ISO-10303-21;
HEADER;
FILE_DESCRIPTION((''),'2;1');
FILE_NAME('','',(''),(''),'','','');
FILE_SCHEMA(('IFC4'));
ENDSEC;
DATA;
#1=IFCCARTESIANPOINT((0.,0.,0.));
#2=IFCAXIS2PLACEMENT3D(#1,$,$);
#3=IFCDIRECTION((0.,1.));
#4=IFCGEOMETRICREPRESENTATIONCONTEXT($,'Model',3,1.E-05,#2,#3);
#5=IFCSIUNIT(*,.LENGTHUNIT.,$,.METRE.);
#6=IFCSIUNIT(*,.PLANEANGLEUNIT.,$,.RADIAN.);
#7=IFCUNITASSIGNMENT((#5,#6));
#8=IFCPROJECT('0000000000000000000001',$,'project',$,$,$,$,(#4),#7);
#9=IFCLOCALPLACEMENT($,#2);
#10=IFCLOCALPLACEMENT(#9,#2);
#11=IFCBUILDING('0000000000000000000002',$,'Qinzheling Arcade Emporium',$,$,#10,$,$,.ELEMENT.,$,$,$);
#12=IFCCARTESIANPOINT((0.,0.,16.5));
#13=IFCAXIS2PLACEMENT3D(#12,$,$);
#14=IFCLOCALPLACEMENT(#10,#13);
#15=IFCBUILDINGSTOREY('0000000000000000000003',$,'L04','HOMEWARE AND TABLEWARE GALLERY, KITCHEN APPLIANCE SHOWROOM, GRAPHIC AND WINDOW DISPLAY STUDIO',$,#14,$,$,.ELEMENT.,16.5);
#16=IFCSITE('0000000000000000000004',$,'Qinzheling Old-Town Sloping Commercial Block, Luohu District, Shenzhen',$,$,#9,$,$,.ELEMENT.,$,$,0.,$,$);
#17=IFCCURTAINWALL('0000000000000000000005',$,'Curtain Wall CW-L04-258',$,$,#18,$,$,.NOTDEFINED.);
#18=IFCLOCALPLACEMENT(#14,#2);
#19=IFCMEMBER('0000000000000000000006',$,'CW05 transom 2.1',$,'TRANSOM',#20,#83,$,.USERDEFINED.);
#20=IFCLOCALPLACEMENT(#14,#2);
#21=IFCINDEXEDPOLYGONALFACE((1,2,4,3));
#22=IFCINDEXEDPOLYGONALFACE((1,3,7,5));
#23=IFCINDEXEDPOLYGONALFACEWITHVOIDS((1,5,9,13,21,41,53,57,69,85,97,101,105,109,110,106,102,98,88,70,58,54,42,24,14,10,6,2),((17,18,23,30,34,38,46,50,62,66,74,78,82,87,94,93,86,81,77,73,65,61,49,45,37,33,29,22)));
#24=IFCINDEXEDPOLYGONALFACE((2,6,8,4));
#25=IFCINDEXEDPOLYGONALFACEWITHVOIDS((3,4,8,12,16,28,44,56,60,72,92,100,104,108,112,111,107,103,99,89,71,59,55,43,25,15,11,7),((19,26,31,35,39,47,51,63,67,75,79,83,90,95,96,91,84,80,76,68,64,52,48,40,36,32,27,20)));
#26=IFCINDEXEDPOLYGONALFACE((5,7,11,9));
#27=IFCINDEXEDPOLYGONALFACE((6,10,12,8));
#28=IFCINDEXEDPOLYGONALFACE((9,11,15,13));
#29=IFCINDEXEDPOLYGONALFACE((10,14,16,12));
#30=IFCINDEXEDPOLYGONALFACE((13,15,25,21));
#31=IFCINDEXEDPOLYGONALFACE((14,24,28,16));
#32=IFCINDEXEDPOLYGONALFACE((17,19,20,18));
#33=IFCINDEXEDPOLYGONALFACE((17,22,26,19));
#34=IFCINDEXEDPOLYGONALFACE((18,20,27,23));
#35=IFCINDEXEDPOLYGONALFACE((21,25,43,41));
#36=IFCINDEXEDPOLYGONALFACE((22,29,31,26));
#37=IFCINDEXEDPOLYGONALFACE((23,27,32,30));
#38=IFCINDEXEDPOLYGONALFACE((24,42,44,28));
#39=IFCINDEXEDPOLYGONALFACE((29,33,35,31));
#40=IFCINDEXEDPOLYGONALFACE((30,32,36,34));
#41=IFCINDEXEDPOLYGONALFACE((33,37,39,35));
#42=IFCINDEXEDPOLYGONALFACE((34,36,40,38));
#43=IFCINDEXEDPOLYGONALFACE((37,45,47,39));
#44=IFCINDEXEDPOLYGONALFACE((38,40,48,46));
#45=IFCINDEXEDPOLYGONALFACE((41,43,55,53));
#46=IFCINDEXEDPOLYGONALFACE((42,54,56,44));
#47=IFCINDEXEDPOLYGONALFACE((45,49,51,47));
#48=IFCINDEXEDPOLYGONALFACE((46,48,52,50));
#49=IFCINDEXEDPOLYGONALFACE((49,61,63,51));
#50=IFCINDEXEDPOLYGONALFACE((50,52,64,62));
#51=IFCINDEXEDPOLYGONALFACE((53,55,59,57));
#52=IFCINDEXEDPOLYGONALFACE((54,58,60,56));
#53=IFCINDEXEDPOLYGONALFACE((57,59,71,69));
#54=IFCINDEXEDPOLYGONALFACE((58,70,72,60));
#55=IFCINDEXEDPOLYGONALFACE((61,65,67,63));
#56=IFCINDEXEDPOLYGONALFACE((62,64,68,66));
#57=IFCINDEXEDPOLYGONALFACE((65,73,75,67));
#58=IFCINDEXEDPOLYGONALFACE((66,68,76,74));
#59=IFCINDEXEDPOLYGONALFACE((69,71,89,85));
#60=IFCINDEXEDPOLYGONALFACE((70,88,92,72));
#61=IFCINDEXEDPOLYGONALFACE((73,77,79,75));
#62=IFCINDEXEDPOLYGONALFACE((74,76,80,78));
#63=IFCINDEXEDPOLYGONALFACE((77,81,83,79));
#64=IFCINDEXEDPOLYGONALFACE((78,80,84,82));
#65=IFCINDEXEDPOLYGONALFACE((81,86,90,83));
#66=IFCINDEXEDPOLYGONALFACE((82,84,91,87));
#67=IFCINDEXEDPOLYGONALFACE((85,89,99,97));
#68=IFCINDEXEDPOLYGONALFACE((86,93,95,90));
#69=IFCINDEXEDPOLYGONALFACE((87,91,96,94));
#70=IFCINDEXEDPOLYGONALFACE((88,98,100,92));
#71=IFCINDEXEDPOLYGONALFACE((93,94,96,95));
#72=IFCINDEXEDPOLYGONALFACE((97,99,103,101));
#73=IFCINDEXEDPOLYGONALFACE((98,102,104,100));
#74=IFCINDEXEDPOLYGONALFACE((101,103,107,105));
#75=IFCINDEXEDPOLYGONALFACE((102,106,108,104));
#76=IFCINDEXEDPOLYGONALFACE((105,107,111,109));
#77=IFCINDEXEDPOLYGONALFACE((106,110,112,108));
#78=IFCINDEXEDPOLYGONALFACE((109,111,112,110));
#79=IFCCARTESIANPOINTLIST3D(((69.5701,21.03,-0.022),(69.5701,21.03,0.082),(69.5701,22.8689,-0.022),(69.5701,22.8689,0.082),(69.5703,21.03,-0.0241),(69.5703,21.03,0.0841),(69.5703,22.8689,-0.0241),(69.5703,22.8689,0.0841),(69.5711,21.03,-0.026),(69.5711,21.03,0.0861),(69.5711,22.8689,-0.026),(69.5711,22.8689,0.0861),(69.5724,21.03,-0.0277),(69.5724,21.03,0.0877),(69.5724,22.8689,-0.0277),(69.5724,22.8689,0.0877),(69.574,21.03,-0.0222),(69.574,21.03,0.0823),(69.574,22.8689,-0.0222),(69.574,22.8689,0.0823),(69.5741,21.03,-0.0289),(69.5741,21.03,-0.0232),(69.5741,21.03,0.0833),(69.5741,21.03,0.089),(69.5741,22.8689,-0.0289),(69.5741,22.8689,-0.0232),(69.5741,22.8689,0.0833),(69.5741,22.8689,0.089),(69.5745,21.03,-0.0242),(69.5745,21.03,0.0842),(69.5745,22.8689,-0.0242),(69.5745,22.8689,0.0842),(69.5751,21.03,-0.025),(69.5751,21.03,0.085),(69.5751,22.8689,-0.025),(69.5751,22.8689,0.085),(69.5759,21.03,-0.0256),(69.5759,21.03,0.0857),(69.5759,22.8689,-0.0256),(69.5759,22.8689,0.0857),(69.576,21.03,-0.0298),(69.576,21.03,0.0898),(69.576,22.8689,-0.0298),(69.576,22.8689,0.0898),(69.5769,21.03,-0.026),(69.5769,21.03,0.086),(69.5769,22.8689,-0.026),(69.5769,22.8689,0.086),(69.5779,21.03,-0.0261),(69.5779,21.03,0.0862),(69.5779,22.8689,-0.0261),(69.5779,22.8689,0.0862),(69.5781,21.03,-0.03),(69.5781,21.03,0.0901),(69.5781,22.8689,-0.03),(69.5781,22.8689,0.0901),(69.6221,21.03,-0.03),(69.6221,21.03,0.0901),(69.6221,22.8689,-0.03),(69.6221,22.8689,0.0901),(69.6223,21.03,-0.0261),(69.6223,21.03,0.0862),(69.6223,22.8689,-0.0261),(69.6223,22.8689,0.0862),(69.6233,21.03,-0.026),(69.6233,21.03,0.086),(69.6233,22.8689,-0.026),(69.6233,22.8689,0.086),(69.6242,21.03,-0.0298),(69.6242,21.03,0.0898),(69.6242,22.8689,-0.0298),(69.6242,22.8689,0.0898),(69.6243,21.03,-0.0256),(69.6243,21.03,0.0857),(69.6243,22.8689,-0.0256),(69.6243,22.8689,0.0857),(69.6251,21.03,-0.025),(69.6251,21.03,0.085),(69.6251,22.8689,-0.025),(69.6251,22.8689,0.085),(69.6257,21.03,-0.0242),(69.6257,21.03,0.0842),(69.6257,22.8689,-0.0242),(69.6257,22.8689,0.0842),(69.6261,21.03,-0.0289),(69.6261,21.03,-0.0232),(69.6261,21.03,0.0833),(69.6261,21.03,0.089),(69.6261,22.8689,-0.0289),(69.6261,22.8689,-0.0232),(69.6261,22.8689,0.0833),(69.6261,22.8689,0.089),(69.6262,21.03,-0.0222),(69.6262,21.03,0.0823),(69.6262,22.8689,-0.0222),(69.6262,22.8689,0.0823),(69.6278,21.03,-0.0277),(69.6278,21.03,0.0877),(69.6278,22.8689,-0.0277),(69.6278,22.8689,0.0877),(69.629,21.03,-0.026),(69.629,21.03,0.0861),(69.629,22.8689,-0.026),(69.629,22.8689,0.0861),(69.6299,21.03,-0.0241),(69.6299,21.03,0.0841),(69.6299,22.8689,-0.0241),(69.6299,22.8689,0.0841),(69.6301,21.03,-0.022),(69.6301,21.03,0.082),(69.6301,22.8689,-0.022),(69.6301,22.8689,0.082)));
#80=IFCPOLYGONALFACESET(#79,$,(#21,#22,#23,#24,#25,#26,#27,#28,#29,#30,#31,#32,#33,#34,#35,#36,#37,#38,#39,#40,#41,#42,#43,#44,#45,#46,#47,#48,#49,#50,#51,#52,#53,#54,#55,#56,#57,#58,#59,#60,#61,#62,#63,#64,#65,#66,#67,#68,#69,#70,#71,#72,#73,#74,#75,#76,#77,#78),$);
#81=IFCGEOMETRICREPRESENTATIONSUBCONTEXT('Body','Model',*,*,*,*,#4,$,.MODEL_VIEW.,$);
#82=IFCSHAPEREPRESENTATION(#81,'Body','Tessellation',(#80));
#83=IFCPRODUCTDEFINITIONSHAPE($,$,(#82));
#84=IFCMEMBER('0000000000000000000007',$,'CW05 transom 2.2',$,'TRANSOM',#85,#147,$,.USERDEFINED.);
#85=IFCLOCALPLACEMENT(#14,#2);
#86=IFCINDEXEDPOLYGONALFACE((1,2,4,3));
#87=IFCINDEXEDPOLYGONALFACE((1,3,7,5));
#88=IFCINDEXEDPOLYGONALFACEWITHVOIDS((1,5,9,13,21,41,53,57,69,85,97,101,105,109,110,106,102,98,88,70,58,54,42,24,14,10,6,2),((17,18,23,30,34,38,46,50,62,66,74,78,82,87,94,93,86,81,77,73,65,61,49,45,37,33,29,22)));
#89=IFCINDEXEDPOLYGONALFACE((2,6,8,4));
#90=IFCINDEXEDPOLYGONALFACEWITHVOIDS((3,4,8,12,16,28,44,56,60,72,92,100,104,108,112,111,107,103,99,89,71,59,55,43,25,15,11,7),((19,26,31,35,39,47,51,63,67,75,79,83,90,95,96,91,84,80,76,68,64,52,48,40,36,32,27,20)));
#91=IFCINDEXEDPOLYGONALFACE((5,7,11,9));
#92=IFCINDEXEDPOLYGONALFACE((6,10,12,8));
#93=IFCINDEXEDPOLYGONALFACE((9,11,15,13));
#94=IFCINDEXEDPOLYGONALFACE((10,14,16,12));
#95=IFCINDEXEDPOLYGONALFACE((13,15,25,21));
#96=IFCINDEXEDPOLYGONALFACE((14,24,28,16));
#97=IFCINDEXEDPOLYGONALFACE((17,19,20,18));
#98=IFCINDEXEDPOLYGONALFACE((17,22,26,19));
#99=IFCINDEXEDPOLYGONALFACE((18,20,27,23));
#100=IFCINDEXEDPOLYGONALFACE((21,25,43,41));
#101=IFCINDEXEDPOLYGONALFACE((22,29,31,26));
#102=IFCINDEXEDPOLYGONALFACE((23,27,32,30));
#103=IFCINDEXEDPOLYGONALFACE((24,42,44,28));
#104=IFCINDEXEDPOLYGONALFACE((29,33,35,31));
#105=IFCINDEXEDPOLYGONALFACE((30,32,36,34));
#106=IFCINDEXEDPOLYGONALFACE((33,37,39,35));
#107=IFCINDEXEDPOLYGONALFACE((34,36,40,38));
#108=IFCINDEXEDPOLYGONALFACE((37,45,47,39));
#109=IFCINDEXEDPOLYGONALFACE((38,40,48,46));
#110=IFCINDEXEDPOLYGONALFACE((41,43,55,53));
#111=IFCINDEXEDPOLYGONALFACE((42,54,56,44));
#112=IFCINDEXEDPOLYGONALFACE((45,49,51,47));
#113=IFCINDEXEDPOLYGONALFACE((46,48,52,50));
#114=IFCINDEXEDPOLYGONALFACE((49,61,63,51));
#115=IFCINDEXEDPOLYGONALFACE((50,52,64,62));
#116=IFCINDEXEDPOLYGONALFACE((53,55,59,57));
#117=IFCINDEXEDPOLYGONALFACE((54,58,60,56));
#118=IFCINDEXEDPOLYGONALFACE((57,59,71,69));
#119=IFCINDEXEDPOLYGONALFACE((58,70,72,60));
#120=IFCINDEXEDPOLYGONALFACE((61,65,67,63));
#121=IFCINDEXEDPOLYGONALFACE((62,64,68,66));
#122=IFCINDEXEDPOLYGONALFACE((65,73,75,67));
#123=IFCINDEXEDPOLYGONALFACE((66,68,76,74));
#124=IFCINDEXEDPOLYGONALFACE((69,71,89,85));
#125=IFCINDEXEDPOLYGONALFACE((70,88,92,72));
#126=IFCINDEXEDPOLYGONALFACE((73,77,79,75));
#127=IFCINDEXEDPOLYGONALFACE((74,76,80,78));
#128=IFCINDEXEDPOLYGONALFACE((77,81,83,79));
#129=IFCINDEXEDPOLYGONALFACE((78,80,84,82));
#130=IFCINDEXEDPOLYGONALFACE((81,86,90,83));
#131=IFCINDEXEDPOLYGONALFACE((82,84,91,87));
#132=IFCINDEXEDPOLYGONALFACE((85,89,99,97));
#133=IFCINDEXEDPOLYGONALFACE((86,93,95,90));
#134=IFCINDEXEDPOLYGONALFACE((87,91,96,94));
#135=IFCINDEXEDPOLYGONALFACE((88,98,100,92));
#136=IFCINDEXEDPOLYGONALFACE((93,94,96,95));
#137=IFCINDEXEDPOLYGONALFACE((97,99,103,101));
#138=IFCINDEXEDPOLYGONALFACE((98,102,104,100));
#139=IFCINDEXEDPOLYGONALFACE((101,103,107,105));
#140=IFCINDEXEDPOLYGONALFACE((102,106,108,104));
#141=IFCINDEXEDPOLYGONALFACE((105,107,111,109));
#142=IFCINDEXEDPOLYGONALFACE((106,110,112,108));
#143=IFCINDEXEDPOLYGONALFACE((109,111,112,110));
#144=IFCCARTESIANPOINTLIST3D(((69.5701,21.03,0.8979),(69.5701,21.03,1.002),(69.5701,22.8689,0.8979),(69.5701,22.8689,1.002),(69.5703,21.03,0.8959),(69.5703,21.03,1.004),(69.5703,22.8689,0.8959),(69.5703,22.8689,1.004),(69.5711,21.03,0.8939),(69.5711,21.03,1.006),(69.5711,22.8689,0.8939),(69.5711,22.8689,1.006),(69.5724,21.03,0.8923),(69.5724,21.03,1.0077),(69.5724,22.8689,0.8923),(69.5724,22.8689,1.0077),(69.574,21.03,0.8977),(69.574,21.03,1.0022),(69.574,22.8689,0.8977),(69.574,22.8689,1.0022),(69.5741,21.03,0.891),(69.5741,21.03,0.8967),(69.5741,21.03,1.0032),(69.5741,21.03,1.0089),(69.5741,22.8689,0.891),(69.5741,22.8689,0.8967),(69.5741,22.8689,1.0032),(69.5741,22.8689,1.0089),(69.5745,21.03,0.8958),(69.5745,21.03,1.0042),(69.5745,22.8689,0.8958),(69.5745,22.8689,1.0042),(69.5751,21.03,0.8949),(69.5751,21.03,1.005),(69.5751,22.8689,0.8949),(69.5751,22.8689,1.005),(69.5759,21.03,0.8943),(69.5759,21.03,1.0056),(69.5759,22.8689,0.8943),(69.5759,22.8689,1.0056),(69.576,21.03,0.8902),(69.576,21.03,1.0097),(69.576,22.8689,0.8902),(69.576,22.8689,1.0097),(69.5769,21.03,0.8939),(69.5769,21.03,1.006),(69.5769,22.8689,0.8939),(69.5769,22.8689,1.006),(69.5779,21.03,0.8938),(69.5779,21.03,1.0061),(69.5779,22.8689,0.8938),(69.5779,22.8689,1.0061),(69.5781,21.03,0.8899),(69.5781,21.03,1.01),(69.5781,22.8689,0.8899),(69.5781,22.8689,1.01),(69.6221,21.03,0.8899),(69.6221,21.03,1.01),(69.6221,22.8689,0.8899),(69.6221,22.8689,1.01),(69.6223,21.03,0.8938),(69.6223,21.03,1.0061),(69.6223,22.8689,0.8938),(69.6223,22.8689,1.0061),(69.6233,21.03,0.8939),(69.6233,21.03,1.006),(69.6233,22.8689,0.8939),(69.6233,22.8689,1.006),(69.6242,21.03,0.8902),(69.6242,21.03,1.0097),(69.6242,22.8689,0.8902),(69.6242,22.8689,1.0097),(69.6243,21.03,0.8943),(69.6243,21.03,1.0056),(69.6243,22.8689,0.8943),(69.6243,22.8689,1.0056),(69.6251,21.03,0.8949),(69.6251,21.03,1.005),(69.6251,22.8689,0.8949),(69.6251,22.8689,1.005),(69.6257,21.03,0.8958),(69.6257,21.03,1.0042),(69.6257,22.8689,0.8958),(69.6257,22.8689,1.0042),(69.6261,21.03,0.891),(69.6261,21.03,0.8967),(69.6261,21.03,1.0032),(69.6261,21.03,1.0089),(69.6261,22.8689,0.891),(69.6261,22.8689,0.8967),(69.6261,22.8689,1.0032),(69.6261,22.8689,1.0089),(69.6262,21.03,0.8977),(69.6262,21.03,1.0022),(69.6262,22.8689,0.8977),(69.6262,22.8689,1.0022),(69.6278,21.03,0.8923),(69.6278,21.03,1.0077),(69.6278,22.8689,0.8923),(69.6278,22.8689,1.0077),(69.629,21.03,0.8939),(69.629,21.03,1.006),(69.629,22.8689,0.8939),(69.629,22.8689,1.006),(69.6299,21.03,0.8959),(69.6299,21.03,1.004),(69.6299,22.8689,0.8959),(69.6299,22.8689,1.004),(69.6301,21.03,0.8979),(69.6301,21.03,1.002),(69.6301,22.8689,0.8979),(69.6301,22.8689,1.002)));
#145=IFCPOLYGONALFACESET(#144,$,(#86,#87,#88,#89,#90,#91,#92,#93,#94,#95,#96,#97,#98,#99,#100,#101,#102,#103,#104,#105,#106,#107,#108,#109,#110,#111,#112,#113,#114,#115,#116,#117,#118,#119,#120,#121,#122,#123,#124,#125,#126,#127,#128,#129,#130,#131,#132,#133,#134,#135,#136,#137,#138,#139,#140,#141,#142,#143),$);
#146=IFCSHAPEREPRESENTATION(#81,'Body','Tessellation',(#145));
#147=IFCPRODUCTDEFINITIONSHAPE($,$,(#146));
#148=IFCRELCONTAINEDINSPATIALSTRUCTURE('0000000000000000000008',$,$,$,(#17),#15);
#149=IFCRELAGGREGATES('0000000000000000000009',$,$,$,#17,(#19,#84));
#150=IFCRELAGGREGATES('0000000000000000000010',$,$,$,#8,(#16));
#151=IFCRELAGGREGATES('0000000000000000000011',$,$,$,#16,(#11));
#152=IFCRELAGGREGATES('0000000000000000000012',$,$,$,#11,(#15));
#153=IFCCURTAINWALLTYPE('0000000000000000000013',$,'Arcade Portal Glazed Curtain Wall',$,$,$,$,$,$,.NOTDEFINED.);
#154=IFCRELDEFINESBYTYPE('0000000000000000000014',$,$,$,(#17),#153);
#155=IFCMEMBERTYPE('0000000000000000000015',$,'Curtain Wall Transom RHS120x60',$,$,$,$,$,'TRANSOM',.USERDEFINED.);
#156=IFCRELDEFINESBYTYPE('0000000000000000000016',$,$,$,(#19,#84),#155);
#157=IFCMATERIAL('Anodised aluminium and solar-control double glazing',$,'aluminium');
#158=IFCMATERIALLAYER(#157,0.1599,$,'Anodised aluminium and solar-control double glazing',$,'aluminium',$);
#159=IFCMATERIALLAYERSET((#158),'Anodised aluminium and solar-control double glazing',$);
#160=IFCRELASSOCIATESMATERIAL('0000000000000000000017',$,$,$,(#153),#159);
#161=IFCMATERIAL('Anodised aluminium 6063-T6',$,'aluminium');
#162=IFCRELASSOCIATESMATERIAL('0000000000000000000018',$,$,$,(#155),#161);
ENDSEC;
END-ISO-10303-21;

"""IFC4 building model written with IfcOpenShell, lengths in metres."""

from ifc_helpers import new_model, si_unit, direction, frame, origin, origin_2d, place, context, subcontext, project, spatial, hollow_rectangle, extrude, material, layer, layer_set, material_profile, profile_set, type_object, element, aggregate, save


model = new_model("IFC4")

# Units and contexts
model_context = context("Model", 3, precision=1e-05, world=origin(), true_north=direction((0.0, 1.0)))
body_context = subcontext(model_context, "Body", "Model", "MODEL_VIEW")
ifc_project = project(units=[si_unit("LENGTHUNIT", "METRE"), si_unit("PLANEANGLEUNIT", "RADIAN")], contexts=[model_context])

# Site, building, storey
site_placement = place(None, origin())
site = spatial("IfcSite", under=ifc_project, at=site_placement, Name="Qinzheling Old-Town Sloping Commercial Block, Luohu District, Shenzhen", CompositionType="ELEMENT", RefElevation=0.0)
building_placement = place(site_placement, origin())
building = spatial("IfcBuilding", under=site, at=building_placement, Name="Qinzheling Arcade Emporium", CompositionType="ELEMENT")
storey_placement = place(building_placement, frame((0.0, 0.0, 16.5)))
storey = spatial("IfcBuildingStorey", under=building, at=storey_placement, Name="L04", Description="HOMEWARE AND TABLEWARE GALLERY, KITCHEN APPLIANCE SHOWROOM, GRAPHIC AND WINDOW DISPLAY STUDIO", CompositionType="ELEMENT", Elevation=16.5)

# Curtain wall, members
ifc_material_1 = material(Name="Anodised aluminium and solar-control double glazing", Category="aluminium")
ifc_layer_1 = layer(ifc_material_1, 0.1599, Name="Anodised aluminium and solar-control double glazing", Category="aluminium")
ifc_layer_set_1 = layer_set([ifc_layer_1], Name="Anodised aluminium and solar-control double glazing")
curtain_wall_type = type_object("IfcCurtainWallType", Name="Arcade Portal Glazed Curtain Wall", PredefinedType="NOTDEFINED", material=ifc_layer_set_1)
curtain_wall_placement = place(storey_placement, origin())
curtain_wall = element("IfcCurtainWall", 1, at=curtain_wall_placement, inside=storey, type_object=curtain_wall_type, Name="Curtain Wall CW-L04-258", PredefinedType="NOTDEFINED")
ifc_material_2 = material(Name="Anodised aluminium 6063-T6", Category="aluminium")
ifc_material_profile_1 = material_profile(ifc_material_2, hollow_rectangle(XDim=0.0601, YDim=0.1201, WallThickness=0.0039, InnerFilletRadius=0.0039, OuterFilletRadius=0.0081, at=origin_2d()), Name="RHS 120x60x4", Category="aluminium")
ifc_profile_set_1 = profile_set([ifc_material_profile_1], Name="Anodised aluminium 6063-T6")
member_type_1 = type_object("IfcMemberType", Name="Curtain Wall Transom RHS120x60", ElementType="TRANSOM", PredefinedType="USERDEFINED", material=ifc_profile_set_1)
member_1_placement = place(storey_placement, frame((69.6001, 22.8689, 0.03), z_axis=(0.0, -1.0, 0.0), x_axis=(1.0, 0.0, 0.0)))
member_1 = element("IfcMember", 2, at=member_1_placement, type_object=member_type_1, Name="CW05 transom 2.1", ObjectType="TRANSOM", PredefinedType="USERDEFINED", context=body_context, shape_type="SweptSolid", body=[
    extrude(hollow_rectangle(XDim=0.0601, YDim=0.1201, WallThickness=0.0039, InnerFilletRadius=0.0039, OuterFilletRadius=0.0081, at=origin_2d()), origin(), (0.0, 0.0, 1.0), 1.8389),
])
member_2_placement = place(storey_placement, frame((69.6001, 22.8689, 0.95), z_axis=(0.0, -1.0, 0.0), x_axis=(1.0, 0.0, 0.0)))
member_2 = element("IfcMember", 3, at=member_2_placement, type_object=member_type_1, Name="CW05 transom 2.2", ObjectType="TRANSOM", PredefinedType="USERDEFINED", context=body_context, shape_type="SweptSolid", body=[
    extrude(hollow_rectangle(XDim=0.0601, YDim=0.1201, WallThickness=0.0039, InnerFilletRadius=0.0039, OuterFilletRadius=0.0081, at=origin_2d()), origin(), (0.0, 0.0, 1.0), 1.8389),
])
aggregate(curtain_wall, [member_1, member_2])

save(model, "model.ifc")
